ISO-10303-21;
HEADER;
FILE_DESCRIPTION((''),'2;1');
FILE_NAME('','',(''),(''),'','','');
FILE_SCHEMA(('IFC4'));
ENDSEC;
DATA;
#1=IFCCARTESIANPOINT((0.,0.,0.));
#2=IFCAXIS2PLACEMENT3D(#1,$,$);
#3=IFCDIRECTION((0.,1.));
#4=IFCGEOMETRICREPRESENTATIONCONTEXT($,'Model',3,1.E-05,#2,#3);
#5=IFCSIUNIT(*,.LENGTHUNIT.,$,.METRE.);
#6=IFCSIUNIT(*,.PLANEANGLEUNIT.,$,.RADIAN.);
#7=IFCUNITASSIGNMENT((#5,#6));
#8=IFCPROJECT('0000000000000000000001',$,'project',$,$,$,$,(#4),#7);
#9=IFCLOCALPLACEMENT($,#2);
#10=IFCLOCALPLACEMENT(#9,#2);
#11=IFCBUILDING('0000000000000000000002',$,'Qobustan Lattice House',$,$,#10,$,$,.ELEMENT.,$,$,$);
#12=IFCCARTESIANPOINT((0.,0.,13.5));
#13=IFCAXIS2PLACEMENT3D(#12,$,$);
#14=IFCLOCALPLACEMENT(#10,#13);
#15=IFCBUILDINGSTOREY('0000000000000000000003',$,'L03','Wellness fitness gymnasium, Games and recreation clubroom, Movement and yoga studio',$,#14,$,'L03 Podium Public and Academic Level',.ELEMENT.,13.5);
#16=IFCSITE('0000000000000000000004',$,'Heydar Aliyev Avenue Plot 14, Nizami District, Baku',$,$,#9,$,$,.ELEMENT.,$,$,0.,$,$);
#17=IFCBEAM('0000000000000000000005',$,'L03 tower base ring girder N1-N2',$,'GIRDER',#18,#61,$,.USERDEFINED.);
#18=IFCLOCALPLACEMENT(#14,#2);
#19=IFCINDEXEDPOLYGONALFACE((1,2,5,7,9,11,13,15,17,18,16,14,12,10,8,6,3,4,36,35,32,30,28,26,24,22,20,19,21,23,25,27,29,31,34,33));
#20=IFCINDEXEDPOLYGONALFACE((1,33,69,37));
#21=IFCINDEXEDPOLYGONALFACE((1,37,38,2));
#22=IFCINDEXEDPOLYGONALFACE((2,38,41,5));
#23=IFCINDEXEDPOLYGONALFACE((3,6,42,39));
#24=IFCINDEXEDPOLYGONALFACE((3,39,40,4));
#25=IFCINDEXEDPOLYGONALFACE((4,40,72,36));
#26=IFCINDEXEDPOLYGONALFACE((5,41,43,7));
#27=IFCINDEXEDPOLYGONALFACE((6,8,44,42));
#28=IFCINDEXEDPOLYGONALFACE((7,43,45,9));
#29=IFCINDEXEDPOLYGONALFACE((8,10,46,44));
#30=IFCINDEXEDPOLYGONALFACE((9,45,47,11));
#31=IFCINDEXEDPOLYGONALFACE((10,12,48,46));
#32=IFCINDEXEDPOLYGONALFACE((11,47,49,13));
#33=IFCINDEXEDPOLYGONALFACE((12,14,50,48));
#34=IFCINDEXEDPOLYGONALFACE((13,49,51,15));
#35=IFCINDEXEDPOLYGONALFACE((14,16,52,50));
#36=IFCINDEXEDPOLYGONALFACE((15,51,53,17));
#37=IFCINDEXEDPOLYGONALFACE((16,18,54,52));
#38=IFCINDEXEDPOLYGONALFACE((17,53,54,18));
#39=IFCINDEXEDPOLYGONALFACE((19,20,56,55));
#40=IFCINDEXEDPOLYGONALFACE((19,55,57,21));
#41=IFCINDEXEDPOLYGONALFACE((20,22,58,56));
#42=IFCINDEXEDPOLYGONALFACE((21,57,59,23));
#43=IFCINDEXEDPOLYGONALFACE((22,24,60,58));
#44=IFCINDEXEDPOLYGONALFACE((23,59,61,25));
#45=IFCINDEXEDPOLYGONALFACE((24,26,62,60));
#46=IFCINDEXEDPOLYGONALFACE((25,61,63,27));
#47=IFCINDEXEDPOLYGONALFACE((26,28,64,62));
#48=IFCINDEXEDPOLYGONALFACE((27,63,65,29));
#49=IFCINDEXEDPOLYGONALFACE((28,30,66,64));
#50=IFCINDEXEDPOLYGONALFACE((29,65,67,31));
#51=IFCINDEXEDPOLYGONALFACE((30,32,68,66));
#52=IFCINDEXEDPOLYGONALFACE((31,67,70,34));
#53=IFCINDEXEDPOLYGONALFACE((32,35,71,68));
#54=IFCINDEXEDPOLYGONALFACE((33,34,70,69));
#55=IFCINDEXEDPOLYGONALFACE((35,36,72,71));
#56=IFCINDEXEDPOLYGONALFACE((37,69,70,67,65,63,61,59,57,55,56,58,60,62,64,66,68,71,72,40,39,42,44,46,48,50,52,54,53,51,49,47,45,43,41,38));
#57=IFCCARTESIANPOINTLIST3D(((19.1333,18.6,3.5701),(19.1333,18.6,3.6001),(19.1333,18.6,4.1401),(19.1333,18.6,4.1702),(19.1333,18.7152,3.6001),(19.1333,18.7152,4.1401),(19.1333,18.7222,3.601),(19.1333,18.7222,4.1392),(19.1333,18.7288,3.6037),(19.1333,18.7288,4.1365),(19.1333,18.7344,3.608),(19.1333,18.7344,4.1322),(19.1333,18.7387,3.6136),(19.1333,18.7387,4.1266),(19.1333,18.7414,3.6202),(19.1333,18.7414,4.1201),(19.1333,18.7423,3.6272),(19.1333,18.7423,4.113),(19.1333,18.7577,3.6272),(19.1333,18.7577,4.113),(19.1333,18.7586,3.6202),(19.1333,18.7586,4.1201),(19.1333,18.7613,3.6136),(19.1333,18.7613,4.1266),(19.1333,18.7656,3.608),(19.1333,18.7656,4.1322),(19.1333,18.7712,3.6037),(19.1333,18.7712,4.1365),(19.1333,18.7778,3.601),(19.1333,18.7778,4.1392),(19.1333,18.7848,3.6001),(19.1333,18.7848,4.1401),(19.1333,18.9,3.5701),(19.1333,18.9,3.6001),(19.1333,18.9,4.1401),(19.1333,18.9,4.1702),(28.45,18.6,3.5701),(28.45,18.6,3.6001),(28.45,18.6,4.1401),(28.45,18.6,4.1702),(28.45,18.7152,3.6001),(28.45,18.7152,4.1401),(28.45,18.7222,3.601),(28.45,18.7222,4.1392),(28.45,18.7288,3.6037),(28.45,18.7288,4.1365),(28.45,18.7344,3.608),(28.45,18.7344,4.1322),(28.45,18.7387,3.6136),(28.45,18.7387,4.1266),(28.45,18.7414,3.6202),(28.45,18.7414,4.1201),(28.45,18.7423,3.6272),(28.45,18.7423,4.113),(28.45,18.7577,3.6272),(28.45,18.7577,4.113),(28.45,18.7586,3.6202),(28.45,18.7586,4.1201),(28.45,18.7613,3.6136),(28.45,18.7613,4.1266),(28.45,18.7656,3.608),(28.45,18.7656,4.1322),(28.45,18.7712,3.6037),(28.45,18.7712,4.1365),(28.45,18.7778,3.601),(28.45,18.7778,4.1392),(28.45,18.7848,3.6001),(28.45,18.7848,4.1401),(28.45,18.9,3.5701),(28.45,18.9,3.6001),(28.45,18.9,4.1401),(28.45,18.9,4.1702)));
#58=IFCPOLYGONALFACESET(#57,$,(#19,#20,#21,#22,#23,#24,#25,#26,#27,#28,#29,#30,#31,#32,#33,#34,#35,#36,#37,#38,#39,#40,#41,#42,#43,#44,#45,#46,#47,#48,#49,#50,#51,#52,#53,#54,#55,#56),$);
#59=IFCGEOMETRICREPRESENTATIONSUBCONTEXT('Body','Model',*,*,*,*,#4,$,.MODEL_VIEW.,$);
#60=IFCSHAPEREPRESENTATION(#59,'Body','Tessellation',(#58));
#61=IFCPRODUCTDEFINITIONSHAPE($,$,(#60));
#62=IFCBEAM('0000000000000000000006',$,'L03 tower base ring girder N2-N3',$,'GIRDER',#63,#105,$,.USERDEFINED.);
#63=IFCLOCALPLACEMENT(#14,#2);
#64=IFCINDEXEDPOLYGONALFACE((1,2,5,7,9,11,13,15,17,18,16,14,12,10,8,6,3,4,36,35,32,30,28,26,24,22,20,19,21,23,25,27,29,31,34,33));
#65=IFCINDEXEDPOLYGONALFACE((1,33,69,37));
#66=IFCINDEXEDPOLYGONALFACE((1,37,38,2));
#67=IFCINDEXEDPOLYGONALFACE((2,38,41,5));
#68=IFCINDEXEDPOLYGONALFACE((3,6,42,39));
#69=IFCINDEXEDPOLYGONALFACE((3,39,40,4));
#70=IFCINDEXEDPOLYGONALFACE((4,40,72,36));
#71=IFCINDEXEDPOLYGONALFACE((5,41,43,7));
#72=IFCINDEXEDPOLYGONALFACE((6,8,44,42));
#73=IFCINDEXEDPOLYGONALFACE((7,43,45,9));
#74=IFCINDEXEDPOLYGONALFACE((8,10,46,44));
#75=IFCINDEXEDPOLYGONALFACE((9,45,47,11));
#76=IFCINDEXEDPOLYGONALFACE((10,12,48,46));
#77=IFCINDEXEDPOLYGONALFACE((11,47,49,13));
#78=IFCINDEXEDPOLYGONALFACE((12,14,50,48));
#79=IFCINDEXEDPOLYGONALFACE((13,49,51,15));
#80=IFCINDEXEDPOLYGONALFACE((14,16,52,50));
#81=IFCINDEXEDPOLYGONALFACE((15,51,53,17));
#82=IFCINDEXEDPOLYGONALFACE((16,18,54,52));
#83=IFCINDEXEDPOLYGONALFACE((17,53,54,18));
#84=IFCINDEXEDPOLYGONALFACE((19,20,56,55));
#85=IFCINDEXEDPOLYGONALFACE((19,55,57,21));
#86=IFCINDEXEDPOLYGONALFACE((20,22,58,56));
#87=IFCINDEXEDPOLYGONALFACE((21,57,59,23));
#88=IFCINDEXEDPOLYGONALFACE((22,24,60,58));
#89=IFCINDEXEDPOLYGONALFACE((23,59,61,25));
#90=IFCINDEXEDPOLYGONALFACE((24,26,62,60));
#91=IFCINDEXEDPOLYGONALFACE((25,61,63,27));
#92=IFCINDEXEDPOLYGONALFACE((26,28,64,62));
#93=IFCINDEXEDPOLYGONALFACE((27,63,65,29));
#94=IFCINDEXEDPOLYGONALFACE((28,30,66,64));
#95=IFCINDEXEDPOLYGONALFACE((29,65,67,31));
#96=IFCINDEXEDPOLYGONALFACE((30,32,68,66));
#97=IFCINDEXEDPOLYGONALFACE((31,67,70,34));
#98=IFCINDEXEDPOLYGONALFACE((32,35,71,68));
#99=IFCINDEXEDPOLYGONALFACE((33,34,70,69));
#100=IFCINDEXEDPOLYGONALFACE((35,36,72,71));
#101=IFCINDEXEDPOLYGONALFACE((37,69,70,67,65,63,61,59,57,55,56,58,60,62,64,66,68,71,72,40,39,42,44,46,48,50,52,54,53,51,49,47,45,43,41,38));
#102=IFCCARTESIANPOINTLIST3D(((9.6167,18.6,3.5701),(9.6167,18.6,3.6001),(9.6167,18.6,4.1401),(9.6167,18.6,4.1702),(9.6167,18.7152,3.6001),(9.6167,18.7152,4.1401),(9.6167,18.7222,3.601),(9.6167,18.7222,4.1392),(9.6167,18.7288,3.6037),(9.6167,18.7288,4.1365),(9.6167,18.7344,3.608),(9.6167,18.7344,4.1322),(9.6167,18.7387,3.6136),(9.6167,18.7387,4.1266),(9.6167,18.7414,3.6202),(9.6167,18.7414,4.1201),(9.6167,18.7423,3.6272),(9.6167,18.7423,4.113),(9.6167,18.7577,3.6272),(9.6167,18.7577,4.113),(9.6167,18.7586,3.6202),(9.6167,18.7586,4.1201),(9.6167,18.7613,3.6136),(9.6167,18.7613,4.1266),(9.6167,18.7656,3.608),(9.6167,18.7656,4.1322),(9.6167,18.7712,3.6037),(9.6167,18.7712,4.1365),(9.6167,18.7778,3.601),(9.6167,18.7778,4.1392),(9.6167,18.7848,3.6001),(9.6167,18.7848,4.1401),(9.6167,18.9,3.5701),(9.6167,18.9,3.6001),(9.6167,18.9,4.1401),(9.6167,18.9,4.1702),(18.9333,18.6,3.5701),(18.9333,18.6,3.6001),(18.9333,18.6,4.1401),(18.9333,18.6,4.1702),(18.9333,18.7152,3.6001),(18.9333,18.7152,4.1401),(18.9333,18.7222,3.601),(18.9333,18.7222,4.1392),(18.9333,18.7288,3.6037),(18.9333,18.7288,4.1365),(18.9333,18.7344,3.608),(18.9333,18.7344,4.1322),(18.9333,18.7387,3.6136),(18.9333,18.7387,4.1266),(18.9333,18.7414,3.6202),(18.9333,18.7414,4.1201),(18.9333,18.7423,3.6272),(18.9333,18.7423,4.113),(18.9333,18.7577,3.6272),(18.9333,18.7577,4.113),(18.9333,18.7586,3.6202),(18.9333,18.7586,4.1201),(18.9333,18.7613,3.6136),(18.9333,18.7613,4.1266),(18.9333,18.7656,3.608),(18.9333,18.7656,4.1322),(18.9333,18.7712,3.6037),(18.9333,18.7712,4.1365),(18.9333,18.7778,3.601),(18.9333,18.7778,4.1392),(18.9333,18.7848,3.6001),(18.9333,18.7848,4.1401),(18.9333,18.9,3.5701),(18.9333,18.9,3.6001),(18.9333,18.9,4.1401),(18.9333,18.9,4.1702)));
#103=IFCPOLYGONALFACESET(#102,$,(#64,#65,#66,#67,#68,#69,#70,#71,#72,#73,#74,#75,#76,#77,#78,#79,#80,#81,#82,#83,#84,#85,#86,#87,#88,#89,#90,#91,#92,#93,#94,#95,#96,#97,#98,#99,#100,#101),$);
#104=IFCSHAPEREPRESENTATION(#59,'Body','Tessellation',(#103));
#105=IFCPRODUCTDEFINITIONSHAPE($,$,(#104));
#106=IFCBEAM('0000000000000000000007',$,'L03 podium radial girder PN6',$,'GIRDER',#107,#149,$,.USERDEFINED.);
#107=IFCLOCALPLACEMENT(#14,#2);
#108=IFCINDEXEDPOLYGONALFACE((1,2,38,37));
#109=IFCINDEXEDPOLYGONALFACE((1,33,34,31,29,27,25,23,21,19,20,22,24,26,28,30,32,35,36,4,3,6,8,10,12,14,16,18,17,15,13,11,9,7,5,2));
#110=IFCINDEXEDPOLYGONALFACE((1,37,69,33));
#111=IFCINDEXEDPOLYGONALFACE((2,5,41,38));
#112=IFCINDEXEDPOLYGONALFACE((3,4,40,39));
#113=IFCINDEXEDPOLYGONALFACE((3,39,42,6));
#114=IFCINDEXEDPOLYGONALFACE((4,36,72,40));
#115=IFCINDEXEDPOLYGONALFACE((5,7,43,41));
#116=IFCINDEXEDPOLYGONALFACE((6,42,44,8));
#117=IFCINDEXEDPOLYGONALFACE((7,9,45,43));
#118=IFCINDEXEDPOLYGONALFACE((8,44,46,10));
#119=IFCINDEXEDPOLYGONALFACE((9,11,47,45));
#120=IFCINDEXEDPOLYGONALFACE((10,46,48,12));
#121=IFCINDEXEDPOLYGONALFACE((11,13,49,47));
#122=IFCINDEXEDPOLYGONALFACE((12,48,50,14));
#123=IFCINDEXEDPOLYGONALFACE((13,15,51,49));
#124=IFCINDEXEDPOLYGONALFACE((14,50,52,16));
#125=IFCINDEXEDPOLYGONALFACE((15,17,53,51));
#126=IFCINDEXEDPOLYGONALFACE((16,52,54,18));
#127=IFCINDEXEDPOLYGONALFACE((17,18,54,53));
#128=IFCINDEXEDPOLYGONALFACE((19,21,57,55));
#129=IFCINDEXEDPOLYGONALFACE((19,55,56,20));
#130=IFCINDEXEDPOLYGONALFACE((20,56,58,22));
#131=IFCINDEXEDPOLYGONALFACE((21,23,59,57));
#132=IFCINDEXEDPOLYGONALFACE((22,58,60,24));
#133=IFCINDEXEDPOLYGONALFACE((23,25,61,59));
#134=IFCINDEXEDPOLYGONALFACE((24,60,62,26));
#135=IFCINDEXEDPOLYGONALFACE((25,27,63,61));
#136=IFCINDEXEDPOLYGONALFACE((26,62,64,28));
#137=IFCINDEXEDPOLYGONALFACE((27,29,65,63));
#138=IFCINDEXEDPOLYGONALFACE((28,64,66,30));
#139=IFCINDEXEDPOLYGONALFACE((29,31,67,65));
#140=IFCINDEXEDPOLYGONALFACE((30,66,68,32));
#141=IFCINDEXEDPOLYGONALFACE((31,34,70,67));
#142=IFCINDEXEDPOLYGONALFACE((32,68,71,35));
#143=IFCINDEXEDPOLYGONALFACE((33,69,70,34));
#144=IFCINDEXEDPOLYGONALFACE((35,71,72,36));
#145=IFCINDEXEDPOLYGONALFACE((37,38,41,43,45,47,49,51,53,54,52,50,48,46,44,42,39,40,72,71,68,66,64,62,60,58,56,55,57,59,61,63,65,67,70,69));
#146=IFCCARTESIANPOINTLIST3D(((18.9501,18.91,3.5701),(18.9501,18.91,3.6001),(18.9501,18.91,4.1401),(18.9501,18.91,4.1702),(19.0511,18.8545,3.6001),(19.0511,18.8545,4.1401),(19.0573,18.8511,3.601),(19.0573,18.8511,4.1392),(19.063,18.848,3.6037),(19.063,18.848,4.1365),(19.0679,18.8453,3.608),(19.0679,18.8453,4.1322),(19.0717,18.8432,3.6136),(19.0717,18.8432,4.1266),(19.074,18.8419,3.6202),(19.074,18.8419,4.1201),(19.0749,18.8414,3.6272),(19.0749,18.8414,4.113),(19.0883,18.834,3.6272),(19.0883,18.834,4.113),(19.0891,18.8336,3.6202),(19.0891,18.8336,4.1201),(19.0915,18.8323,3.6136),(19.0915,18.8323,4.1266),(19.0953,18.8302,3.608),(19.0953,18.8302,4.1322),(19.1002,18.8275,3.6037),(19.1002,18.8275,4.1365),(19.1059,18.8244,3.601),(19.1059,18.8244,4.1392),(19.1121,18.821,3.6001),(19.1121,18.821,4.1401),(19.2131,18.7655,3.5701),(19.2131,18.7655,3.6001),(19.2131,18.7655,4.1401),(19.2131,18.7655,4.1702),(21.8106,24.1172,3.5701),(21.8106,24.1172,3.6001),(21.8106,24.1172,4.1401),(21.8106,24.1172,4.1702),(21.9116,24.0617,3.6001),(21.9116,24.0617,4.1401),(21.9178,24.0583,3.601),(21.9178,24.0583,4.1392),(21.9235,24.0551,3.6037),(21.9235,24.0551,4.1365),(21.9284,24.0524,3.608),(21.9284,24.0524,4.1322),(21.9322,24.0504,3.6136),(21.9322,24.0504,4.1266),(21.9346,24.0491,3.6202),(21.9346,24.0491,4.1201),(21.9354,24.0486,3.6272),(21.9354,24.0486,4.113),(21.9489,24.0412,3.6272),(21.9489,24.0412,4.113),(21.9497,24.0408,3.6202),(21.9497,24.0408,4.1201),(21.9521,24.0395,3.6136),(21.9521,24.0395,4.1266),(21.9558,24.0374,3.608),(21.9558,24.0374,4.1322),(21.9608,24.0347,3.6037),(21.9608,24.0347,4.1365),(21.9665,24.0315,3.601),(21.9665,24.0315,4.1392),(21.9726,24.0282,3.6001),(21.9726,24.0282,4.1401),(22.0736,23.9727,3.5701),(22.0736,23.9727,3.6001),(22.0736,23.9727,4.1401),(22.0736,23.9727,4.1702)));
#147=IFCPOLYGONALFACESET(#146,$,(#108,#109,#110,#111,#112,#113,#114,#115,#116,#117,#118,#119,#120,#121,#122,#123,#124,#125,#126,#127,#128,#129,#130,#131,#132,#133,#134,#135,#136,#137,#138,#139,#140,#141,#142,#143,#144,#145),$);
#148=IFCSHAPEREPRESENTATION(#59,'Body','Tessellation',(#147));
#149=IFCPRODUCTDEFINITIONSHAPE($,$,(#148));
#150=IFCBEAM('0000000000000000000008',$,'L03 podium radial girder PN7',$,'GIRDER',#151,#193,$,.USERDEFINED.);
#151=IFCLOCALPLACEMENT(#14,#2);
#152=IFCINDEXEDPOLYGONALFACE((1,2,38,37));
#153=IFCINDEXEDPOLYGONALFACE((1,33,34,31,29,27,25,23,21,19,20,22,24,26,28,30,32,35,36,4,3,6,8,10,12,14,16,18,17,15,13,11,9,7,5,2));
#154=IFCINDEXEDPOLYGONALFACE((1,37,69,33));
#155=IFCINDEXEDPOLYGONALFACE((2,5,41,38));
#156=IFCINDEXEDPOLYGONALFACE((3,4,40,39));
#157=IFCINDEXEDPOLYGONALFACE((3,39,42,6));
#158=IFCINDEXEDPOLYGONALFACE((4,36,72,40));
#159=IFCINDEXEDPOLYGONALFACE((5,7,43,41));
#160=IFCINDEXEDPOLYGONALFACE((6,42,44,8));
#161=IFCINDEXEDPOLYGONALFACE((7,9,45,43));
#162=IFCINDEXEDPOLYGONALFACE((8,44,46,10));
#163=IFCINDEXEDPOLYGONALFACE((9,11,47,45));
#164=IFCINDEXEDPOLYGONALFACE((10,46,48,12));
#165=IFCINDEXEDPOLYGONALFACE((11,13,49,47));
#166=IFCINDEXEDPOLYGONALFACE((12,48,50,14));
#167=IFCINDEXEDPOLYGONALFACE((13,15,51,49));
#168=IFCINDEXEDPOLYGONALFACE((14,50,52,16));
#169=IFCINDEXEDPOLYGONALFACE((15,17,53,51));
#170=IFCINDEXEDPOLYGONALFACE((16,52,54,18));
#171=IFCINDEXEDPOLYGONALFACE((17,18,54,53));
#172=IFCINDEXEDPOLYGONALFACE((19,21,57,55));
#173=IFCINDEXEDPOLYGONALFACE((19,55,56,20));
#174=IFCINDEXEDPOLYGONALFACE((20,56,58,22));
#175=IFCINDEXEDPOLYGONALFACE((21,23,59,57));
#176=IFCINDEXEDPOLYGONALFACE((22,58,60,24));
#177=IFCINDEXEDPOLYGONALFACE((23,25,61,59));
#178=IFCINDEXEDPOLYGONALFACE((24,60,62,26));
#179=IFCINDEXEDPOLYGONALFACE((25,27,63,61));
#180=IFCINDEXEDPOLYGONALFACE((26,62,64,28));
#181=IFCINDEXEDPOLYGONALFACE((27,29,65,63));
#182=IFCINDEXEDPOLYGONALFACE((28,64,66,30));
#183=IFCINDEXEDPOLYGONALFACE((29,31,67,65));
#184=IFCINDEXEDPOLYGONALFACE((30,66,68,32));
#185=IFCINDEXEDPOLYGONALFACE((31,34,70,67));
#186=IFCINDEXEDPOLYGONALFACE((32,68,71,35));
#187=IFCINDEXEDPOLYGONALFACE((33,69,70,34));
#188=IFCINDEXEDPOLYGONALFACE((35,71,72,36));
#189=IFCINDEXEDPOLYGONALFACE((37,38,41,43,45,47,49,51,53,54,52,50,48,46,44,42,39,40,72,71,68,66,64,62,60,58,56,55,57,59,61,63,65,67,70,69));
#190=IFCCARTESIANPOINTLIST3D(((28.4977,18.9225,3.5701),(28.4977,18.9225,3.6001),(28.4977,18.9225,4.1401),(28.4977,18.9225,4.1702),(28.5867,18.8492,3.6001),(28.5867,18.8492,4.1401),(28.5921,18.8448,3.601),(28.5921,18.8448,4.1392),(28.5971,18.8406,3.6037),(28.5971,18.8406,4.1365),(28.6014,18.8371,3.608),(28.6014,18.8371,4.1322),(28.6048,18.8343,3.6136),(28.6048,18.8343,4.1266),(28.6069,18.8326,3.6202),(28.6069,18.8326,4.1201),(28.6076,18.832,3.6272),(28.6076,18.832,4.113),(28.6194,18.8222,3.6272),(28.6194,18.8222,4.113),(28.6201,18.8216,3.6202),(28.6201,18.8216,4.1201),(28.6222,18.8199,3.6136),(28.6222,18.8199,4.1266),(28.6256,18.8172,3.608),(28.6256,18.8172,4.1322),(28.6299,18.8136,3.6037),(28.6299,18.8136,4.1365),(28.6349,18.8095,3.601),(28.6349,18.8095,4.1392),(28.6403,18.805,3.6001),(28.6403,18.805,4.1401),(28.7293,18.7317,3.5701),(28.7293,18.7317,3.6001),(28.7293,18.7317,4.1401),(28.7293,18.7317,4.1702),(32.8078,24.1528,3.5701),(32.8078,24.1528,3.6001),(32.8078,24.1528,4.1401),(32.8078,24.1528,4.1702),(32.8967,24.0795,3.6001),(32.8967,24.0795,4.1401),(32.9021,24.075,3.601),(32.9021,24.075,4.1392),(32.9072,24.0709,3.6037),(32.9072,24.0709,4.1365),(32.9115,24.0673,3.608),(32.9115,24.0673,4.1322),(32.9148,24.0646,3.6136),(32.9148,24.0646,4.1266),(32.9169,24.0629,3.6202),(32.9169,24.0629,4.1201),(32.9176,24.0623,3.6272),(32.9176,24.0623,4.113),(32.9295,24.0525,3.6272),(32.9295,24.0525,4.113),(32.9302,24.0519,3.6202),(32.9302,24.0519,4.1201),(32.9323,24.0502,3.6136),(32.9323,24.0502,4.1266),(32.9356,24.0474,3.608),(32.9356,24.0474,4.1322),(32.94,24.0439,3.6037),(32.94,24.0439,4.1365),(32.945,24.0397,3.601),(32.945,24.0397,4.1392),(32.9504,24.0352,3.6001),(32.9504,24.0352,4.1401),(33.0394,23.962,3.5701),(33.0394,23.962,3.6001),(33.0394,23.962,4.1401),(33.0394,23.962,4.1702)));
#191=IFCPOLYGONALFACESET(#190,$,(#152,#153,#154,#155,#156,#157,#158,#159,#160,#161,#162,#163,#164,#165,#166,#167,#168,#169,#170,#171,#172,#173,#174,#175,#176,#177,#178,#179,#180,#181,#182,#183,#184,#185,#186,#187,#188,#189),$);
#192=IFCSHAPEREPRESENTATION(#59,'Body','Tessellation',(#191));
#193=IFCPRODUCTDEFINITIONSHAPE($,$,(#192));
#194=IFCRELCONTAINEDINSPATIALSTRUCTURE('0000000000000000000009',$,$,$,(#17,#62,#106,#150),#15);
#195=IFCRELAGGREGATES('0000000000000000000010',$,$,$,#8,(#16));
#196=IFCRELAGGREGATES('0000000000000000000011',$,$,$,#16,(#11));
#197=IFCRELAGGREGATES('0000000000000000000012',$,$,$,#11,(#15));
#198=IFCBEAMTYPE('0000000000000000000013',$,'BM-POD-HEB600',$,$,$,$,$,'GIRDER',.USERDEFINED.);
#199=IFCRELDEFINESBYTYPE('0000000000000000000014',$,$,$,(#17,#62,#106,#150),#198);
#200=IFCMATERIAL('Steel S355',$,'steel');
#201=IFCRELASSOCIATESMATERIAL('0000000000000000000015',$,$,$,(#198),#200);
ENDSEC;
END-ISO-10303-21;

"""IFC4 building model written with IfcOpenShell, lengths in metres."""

from ifc_helpers import new_model, si_unit, direction, frame, origin, origin_2d, place, context, subcontext, project, spatial, i_section, extrude, material, material_profile, profile_set, type_object, element, save


model = new_model("IFC4")

# Units and contexts
model_context = context("Model", 3, precision=1e-05, world=origin(), true_north=direction((0.0, 1.0)))
body_context = subcontext(model_context, "Body", "Model", "MODEL_VIEW")
ifc_project = project(units=[si_unit("LENGTHUNIT", "METRE"), si_unit("PLANEANGLEUNIT", "RADIAN")], contexts=[model_context])

# Site, building, storey
site_placement = place(None, origin())
site = spatial("IfcSite", under=ifc_project, at=site_placement, Name="Heydar Aliyev Avenue Plot 14, Nizami District, Baku", CompositionType="ELEMENT", RefElevation=0.0)
building_placement = place(site_placement, origin())
building = spatial("IfcBuilding", under=site, at=building_placement, Name="Qobustan Lattice House", CompositionType="ELEMENT")
storey_placement = place(building_placement, frame((0.0, 0.0, 13.5)))
storey = spatial("IfcBuildingStorey", under=building, at=storey_placement, Name="L03", Description="Wellness fitness gymnasium, Games and recreation clubroom, Movement and yoga studio", LongName="L03 Podium Public and Academic Level", CompositionType="ELEMENT", Elevation=13.5)

# Beams
ifc_material_1 = material(Name="Steel S355", Category="steel")
ifc_material_profile_1 = material_profile(ifc_material_1, i_section(OverallWidth=0.3, OverallDepth=0.6001, WebThickness=0.0154, FlangeThickness=0.03, FilletRadius=0.0271, at=origin_2d()), Name="HEB600")
ifc_profile_set_1 = profile_set([ifc_material_profile_1], Name="Steel S355")
beam_type_1 = type_object("IfcBeamType", Name="BM-POD-HEB600", ElementType="GIRDER", PredefinedType="USERDEFINED", material=ifc_profile_set_1)
for number, where, z_axis, x_axis, name in (
    (1, (28.45, 18.75, 3.8701), (-1.0, 0.0, 0.0), (0.0, -1.0, 0.0), "L03 tower base ring girder N1-N2"),
    (2, (18.9333, 18.75, 3.8701), (-1.0, 0.0, 0.0), (0.0, -1.0, 0.0), "L03 tower base ring girder N2-N3"),
):
    element("IfcBeam", number, at=place(storey_placement, frame(where, z_axis=z_axis, x_axis=x_axis)), inside=storey, type_object=beam_type_1, Name=name, ObjectType="GIRDER", PredefinedType="USERDEFINED", context=body_context, shape_type="SweptSolid", body=[
        extrude(i_section(OverallWidth=0.3, OverallDepth=0.6001, WebThickness=0.0154, FlangeThickness=0.03, FilletRadius=0.0271, at=origin_2d()), origin(), (0.0, 0.0, 1.0), 9.3167),
    ])
beam_1_placement = place(storey_placement, frame((21.9421, 24.0449, 3.8701), z_axis=(-0.481479, -0.876458, 0.0), x_axis=(0.876458, -0.481479, 0.0)))
element("IfcBeam", 3, at=beam_1_placement, inside=storey, type_object=beam_type_1, Name="L03 podium radial girder PN6", ObjectType="GIRDER", PredefinedType="USERDEFINED", context=body_context, shape_type="SweptSolid", body=[
    extrude(i_section(OverallWidth=0.3, OverallDepth=0.6001, WebThickness=0.0154, FlangeThickness=0.03, FilletRadius=0.0271, at=origin_2d()), origin(), (0.0, 0.0, 1.0), 5.9412),
])
beam_2_placement = place(storey_placement, frame((32.9236, 24.0574, 3.8701), z_axis=(-0.635955, -0.771726, 0.0), x_axis=(0.771726, -0.635955, 0.0)))
element("IfcBeam", 4, at=beam_2_placement, inside=storey, type_object=beam_type_1, Name="L03 podium radial girder PN7", ObjectType="GIRDER", PredefinedType="USERDEFINED", context=body_context, shape_type="SweptSolid", body=[
    extrude(i_section(OverallWidth=0.3, OverallDepth=0.6001, WebThickness=0.0154, FlangeThickness=0.03, FilletRadius=0.0271, at=origin_2d()), origin(), (0.0, 0.0, 1.0), 6.7773),
])

save(model, "model.ifc")
